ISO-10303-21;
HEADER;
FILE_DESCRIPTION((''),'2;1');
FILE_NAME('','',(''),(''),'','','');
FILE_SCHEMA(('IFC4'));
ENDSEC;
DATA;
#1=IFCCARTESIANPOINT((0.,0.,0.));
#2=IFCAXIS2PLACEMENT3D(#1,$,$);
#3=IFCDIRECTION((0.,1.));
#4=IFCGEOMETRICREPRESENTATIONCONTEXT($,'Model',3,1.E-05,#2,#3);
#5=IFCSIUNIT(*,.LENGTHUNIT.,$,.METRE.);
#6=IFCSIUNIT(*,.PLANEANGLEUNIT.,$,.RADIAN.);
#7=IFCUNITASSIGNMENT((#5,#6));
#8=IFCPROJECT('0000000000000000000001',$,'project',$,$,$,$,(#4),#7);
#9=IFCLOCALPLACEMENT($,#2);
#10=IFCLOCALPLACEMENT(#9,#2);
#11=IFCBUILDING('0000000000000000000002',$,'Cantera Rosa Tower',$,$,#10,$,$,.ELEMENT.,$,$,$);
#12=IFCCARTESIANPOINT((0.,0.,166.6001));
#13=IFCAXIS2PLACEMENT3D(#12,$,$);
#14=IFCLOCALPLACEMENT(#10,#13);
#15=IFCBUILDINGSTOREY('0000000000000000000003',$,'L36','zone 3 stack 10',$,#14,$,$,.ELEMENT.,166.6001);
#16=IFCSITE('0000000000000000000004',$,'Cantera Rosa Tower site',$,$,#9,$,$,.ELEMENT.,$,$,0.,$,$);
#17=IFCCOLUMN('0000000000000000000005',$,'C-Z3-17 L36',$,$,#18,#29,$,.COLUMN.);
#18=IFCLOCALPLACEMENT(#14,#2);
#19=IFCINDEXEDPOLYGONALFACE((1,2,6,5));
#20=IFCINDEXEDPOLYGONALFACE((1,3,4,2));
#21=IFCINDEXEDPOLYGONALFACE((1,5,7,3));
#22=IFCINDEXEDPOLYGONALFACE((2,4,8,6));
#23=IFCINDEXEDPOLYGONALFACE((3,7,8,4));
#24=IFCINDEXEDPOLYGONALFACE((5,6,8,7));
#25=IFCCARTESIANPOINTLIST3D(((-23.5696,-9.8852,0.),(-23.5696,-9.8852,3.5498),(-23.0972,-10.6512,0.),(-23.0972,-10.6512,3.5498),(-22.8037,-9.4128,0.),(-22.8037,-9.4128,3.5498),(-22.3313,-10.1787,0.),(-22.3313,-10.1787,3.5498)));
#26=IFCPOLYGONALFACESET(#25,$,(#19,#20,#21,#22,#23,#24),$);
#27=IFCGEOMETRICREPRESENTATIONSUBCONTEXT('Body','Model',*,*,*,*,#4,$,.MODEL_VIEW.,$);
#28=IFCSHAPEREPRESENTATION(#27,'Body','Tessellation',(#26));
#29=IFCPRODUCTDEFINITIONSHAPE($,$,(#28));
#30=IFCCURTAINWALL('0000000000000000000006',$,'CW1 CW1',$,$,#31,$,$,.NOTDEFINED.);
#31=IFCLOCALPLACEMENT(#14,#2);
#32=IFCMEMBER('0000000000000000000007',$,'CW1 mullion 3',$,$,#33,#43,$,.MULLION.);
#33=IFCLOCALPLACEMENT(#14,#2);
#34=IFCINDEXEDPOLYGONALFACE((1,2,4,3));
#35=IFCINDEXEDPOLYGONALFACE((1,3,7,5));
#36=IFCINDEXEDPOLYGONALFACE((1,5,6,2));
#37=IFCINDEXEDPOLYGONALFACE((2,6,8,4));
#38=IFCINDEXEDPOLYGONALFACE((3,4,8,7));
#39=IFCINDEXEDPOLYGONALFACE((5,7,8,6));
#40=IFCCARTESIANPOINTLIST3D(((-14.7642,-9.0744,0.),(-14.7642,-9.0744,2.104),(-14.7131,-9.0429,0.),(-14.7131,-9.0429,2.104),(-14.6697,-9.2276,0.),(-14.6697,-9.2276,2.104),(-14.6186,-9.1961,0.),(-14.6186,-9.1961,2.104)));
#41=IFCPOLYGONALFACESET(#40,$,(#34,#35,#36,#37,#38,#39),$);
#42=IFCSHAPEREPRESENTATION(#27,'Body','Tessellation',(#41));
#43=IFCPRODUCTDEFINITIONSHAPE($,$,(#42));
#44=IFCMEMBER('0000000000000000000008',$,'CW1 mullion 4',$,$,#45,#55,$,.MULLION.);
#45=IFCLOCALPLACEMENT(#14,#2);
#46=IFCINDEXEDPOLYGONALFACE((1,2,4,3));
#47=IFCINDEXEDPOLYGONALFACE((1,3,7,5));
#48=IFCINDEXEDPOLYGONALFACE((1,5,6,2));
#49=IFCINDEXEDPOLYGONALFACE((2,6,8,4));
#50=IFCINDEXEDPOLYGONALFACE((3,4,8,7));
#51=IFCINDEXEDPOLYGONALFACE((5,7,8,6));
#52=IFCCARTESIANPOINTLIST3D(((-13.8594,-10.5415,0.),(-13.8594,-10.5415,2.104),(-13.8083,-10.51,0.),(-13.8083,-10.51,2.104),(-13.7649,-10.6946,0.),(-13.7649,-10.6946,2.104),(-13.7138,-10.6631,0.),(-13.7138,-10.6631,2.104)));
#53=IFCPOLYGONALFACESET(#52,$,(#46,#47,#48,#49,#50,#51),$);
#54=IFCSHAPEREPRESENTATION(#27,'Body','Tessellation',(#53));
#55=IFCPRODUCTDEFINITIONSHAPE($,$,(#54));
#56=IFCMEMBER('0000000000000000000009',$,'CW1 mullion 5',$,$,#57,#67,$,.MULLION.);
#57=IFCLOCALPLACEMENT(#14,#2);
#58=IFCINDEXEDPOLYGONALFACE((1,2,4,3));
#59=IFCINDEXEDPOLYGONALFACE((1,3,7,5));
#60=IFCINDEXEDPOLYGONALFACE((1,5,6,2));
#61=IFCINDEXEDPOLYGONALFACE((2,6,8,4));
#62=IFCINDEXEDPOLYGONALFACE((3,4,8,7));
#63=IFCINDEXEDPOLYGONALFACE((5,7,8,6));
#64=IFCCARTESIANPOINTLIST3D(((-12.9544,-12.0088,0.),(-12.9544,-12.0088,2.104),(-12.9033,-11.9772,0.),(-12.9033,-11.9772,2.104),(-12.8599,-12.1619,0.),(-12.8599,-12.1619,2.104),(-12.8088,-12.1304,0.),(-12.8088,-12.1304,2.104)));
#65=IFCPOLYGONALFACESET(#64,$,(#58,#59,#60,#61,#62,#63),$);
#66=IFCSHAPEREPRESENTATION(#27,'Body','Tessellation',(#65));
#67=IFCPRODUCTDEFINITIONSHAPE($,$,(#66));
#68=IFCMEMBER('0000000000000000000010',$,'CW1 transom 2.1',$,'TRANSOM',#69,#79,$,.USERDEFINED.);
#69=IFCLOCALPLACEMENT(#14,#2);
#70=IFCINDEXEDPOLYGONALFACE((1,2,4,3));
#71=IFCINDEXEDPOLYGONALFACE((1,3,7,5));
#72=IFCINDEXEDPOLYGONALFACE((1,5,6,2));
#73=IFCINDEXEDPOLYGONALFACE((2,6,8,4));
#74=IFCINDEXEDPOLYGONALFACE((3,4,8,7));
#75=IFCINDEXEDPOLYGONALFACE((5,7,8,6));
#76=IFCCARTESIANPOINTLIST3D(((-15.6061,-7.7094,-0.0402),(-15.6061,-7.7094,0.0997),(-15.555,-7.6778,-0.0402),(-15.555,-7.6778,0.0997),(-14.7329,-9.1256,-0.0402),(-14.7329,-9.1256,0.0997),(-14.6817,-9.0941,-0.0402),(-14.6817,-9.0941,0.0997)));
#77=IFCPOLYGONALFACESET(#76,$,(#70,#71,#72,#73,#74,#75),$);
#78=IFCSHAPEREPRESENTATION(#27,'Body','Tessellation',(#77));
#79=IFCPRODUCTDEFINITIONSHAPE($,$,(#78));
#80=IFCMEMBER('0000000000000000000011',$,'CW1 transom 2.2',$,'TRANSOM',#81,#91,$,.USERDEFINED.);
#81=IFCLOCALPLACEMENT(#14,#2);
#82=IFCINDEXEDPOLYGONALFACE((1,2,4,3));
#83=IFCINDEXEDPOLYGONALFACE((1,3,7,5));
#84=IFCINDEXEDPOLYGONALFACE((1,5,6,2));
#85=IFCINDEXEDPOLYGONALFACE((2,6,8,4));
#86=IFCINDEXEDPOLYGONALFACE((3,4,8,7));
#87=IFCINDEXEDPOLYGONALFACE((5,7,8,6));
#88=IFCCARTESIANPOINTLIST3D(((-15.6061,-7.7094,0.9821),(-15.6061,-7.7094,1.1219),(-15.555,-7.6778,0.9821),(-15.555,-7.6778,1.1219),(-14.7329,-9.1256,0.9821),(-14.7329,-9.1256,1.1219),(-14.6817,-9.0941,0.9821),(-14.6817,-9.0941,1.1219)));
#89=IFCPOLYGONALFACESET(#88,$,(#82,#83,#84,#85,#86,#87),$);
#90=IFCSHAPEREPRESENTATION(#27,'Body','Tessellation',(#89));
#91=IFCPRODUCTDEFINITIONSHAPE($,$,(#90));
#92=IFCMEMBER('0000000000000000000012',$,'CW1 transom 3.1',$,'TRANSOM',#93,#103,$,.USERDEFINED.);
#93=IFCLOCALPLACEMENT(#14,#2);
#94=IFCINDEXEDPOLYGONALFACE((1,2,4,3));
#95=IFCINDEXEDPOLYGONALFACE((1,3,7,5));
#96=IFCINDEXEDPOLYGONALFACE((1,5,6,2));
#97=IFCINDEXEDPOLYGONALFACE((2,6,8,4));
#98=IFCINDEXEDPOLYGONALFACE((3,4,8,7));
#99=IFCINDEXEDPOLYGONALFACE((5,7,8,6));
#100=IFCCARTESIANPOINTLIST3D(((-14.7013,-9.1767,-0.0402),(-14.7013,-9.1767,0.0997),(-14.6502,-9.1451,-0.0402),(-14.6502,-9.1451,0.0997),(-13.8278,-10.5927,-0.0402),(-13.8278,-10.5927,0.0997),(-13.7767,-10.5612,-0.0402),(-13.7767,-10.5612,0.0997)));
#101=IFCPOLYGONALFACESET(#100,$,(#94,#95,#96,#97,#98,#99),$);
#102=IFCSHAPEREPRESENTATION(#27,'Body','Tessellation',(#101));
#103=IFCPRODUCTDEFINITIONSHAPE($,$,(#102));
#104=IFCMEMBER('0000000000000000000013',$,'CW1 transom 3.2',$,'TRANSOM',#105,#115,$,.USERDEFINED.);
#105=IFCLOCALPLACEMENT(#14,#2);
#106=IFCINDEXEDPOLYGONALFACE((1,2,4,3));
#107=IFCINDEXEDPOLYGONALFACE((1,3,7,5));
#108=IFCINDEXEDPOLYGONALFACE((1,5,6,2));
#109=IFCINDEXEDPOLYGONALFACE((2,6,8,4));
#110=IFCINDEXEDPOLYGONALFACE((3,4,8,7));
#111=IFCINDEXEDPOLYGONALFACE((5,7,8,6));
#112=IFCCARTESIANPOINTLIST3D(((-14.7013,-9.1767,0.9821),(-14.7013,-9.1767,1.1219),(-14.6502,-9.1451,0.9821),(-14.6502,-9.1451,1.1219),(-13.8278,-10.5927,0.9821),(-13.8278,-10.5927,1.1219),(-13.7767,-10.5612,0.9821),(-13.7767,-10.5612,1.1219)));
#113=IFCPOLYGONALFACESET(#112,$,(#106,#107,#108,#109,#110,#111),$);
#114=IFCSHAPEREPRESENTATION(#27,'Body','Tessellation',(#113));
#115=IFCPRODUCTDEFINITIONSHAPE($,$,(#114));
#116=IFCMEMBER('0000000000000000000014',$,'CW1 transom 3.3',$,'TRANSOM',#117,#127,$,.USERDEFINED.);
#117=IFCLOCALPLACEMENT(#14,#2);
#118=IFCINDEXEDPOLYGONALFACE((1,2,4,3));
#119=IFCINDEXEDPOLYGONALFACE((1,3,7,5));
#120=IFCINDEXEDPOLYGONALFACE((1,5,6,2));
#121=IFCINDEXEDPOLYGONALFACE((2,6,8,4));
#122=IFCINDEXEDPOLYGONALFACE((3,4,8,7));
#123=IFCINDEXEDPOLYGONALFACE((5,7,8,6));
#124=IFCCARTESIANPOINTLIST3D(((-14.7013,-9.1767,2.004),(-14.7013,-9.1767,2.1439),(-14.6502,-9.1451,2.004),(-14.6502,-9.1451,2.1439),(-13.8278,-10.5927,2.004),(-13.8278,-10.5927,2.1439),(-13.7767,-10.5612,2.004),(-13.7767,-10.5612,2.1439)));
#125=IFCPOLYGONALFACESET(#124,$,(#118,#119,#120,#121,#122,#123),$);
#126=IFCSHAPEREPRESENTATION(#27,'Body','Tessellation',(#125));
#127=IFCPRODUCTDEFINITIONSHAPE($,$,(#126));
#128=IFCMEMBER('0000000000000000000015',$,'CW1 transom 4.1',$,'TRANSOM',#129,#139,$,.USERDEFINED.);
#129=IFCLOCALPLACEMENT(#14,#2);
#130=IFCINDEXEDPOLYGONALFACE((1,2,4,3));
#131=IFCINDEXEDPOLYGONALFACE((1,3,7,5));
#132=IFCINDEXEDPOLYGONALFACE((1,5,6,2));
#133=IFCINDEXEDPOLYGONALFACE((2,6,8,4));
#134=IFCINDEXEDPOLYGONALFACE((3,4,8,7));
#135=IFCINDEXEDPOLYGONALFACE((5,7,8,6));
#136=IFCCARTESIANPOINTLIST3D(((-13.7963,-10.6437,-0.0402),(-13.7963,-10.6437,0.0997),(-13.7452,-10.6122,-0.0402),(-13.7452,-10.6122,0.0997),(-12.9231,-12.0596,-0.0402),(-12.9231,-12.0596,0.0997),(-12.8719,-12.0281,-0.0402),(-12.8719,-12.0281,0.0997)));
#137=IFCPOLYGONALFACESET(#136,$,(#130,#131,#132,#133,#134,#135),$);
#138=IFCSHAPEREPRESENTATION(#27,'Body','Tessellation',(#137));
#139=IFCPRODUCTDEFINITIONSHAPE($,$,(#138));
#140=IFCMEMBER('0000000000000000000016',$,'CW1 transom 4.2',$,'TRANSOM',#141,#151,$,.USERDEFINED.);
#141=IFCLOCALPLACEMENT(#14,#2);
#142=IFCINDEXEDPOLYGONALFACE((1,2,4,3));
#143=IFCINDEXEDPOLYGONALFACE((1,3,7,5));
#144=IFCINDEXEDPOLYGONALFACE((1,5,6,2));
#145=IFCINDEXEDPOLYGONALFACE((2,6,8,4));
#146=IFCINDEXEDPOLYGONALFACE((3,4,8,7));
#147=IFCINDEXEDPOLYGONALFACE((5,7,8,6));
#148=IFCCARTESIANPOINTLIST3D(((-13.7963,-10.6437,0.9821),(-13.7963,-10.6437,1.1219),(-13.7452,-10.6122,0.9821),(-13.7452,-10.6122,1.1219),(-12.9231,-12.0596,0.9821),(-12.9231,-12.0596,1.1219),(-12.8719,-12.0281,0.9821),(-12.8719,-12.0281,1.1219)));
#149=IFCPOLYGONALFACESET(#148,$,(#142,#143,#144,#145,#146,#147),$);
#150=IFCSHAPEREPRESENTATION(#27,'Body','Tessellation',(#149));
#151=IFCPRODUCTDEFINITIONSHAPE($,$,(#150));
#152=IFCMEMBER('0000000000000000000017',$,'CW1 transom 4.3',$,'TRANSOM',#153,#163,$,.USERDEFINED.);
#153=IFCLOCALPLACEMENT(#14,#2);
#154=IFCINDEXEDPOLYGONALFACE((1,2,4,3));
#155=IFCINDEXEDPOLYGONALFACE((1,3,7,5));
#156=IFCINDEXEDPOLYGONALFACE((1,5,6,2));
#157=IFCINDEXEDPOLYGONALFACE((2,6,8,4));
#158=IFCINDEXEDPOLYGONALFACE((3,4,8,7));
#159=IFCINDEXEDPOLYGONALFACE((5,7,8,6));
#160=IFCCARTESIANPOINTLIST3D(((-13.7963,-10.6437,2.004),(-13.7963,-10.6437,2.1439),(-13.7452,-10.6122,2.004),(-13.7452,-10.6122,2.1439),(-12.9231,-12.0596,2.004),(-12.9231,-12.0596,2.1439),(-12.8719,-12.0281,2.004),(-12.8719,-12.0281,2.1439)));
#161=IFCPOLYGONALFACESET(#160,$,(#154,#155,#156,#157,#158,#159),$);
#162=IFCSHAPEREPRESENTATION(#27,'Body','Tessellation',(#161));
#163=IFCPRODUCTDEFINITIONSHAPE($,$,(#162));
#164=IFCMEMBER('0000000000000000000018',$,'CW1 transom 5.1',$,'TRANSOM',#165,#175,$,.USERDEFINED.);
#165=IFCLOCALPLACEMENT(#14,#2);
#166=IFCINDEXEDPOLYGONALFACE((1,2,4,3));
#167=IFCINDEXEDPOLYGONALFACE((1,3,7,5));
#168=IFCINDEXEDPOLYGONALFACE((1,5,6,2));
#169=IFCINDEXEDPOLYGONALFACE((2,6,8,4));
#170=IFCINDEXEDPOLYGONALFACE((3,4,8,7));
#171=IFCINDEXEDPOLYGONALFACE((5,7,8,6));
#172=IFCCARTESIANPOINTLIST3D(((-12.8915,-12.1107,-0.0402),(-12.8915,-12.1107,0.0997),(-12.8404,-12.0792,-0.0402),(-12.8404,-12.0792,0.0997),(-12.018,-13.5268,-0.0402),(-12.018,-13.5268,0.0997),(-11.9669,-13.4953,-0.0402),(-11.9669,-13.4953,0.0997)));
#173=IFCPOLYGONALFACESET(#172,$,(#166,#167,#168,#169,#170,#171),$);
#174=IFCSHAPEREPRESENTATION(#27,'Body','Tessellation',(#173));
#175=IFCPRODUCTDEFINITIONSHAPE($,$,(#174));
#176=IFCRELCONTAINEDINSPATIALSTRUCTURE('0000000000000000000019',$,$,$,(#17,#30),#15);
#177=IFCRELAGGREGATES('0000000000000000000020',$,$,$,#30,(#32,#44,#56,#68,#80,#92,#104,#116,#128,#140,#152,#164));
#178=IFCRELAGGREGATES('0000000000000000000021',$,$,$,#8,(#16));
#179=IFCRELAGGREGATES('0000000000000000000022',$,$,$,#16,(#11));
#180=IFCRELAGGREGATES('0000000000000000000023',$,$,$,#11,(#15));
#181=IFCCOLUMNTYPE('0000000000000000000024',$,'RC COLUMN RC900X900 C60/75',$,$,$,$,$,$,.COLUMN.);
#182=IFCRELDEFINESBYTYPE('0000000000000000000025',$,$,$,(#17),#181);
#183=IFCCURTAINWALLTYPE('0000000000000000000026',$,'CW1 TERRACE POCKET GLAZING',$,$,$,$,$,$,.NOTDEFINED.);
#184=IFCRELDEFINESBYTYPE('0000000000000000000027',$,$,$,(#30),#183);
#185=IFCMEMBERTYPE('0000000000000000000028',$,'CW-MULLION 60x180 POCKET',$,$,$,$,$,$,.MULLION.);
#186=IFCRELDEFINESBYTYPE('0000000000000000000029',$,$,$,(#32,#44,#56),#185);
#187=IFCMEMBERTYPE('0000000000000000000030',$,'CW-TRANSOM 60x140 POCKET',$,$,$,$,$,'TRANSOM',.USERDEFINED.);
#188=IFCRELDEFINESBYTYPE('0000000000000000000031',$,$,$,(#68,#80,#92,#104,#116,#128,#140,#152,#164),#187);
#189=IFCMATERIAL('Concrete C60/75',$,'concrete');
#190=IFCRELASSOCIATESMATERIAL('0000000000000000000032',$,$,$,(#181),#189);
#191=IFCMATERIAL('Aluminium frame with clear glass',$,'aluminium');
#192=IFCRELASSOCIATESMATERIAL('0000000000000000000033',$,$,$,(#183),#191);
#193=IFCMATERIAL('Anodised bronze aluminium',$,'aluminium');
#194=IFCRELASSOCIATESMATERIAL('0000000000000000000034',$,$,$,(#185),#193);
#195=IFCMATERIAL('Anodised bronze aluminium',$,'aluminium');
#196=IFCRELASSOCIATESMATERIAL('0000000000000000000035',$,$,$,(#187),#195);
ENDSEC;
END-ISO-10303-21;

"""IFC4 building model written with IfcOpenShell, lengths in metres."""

from ifc_helpers import new_model, si_unit, direction, frame, origin, origin_2d, place, context, subcontext, project, spatial, rectangle, extrude, material, material_profile, profile_set, type_object, element, aggregate, save


model = new_model("IFC4")

# Units and contexts
model_context = context("Model", 3, precision=1e-05, world=origin(), true_north=direction((0.0, 1.0)))
body_context = subcontext(model_context, "Body", "Model", "MODEL_VIEW")
ifc_project = project(units=[si_unit("LENGTHUNIT", "METRE"), si_unit("PLANEANGLEUNIT", "RADIAN")], contexts=[model_context])

# Site, building, storey
site_placement = place(None, origin())
site = spatial("IfcSite", under=ifc_project, at=site_placement, Name="Cantera Rosa Tower site", CompositionType="ELEMENT", RefElevation=0.0)
building_placement = place(site_placement, origin())
building = spatial("IfcBuilding", under=site, at=building_placement, Name="Cantera Rosa Tower", CompositionType="ELEMENT")
storey_placement = place(building_placement, frame((0.0, 0.0, 166.6001)))
storey = spatial("IfcBuildingStorey", under=building, at=storey_placement, Name="L36", Description="zone 3 stack 10", CompositionType="ELEMENT", Elevation=166.6001)

# Column
ifc_material_1 = material(Name="Concrete C60/75", Category="concrete")
ifc_material_profile_1 = material_profile(ifc_material_1, rectangle(XDim=0.8999, YDim=0.8999, at=origin_2d()), Name="RC COLUMN RC900X900 C60/75")
ifc_profile_set_1 = profile_set([ifc_material_profile_1], Name="Concrete C60/75")
column_type = type_object("IfcColumnType", Name="RC COLUMN RC900X900 C60/75", PredefinedType="COLUMN", material=ifc_profile_set_1)
column_placement = place(storey_placement, frame((-22.9504, -10.032, 0.0), z_axis=(0.0, 0.0, 1.0), x_axis=(0.851117, 0.524977, 0.0)))
element("IfcColumn", 1, at=column_placement, inside=storey, type_object=column_type, Name="C-Z3-17 L36", PredefinedType="COLUMN", context=body_context, shape_type="SweptSolid", body=[
    extrude(rectangle(XDim=0.8999, YDim=0.8999, at=origin_2d()), origin(), (0.0, 0.0, 1.0), 3.5498),
])

# Curtain wall, members
ifc_material_2 = material(Name="Aluminium frame with clear glass", Category="aluminium")
curtain_wall_type = type_object("IfcCurtainWallType", Name="CW1 TERRACE POCKET GLAZING", PredefinedType="NOTDEFINED", material=ifc_material_2)
curtain_wall_placement = place(storey_placement, origin())
curtain_wall = element("IfcCurtainWall", 2, at=curtain_wall_placement, inside=storey, type_object=curtain_wall_type, Name="CW1 CW1", PredefinedType="NOTDEFINED")
ifc_material_3 = material(Name="Anodised bronze aluminium", Category="aluminium")
ifc_material_profile_2 = material_profile(ifc_material_3, rectangle(XDim=0.0601, YDim=0.1799, at=origin_2d()), Name="CW-MULLION 60x180 POCKET")
ifc_profile_set_2 = profile_set([ifc_material_profile_2], Name="Anodised bronze aluminium")
member_type_1 = type_object("IfcMemberType", Name="CW-MULLION 60x180 POCKET", PredefinedType="MULLION", material=ifc_profile_set_2)
member_1_placement = place(storey_placement, frame((-14.6914, -9.1353, 0.0), z_axis=(0.0, 0.0, 1.0), x_axis=(0.851117, 0.524977, 0.0)))
member_1 = element("IfcMember", 3, at=member_1_placement, type_object=member_type_1, Name="CW1 mullion 3", PredefinedType="MULLION", context=body_context, shape_type="SweptSolid", body=[
    extrude(rectangle(XDim=0.0601, YDim=0.1799, at=origin_2d()), origin(), (0.0, 0.0, 1.0), 2.104),
])
member_2_placement = place(storey_placement, frame((-13.7866, -10.6023, 0.0), z_axis=(0.0, 0.0, 1.0), x_axis=(0.851117, 0.524977, 0.0)))
member_2 = element("IfcMember", 4, at=member_2_placement, type_object=member_type_1, Name="CW1 mullion 4", PredefinedType="MULLION", context=body_context, shape_type="SweptSolid", body=[
    extrude(rectangle(XDim=0.0601, YDim=0.1799, at=origin_2d()), origin(), (0.0, 0.0, 1.0), 2.104),
])
member_3_placement = place(storey_placement, frame((-12.8816, -12.0696, 0.0), z_axis=(0.0, 0.0, 1.0), x_axis=(0.851117, 0.524977, 0.0)))
member_3 = element("IfcMember", 5, at=member_3_placement, type_object=member_type_1, Name="CW1 mullion 5", PredefinedType="MULLION", context=body_context, shape_type="SweptSolid", body=[
    extrude(rectangle(XDim=0.0601, YDim=0.1799, at=origin_2d()), origin(), (0.0, 0.0, 1.0), 2.104),
])
ifc_material_4 = material(Name="Anodised bronze aluminium", Category="aluminium")
ifc_material_profile_3 = material_profile(ifc_material_4, rectangle(XDim=0.0601, YDim=0.1399, at=origin_2d()), Name="CW-TRANSOM 60x140 POCKET")
ifc_profile_set_3 = profile_set([ifc_material_profile_3], Name="Anodised bronze aluminium")
member_type_2 = type_object("IfcMemberType", Name="CW-TRANSOM 60x140 POCKET", ElementType="TRANSOM", PredefinedType="USERDEFINED", material=ifc_profile_set_3)
member_4_placement = place(storey_placement, frame((-15.5806, -7.6936, 0.0298), z_axis=(0.524859, -0.851189, 0.0), x_axis=(0.851189, 0.524859, 0.0)))
member_4 = element("IfcMember", 6, at=member_4_placement, type_object=member_type_2, Name="CW1 transom 2.1", ObjectType="TRANSOM", PredefinedType="USERDEFINED", context=body_context, shape_type="SweptSolid", body=[
    extrude(rectangle(XDim=0.0601, YDim=0.1399, at=origin_2d()), origin(), (0.0, 0.0, 1.0), 1.6638),
])
member_5_placement = place(storey_placement, frame((-15.5806, -7.6936, 1.052), z_axis=(0.524859, -0.851189, 0.0), x_axis=(0.851189, 0.524859, 0.0)))
member_5 = element("IfcMember", 7, at=member_5_placement, type_object=member_type_2, Name="CW1 transom 2.2", ObjectType="TRANSOM", PredefinedType="USERDEFINED", context=body_context, shape_type="SweptSolid", body=[
    extrude(rectangle(XDim=0.0601, YDim=0.1399, at=origin_2d()), origin(), (0.0, 0.0, 1.0), 1.6638),
])
member_6_placement = place(storey_placement, frame((-14.6758, -9.1609, 0.0298), z_axis=(0.52503, -0.851083, 0.0), x_axis=(0.851083, 0.52503, 0.0)))
member_6 = element("IfcMember", 8, at=member_6_placement, type_object=member_type_2, Name="CW1 transom 3.1", ObjectType="TRANSOM", PredefinedType="USERDEFINED", context=body_context, shape_type="SweptSolid", body=[
    extrude(rectangle(XDim=0.0601, YDim=0.1399, at=origin_2d()), origin(), (0.0, 0.0, 1.0), 1.6638),
])
member_7_placement = place(storey_placement, frame((-14.6758, -9.1609, 1.052), z_axis=(0.52503, -0.851083, 0.0), x_axis=(0.851083, 0.52503, 0.0)))
member_7 = element("IfcMember", 9, at=member_7_placement, type_object=member_type_2, Name="CW1 transom 3.2", ObjectType="TRANSOM", PredefinedType="USERDEFINED", context=body_context, shape_type="SweptSolid", body=[
    extrude(rectangle(XDim=0.0601, YDim=0.1399, at=origin_2d()), origin(), (0.0, 0.0, 1.0), 1.6638),
])
member_8_placement = place(storey_placement, frame((-14.6758, -9.1609, 2.074), z_axis=(0.52503, -0.851083, 0.0), x_axis=(0.851083, 0.52503, 0.0)))
member_8 = element("IfcMember", 10, at=member_8_placement, type_object=member_type_2, Name="CW1 transom 3.3", ObjectType="TRANSOM", PredefinedType="USERDEFINED", context=body_context, shape_type="SweptSolid", body=[
    extrude(rectangle(XDim=0.0601, YDim=0.1399, at=origin_2d()), origin(), (0.0, 0.0, 1.0), 1.6638),
])
member_9_placement = place(storey_placement, frame((-13.7708, -10.6279, 0.0298), z_axis=(0.524924, -0.851149, 0.0), x_axis=(0.851149, 0.524924, 0.0)))
member_9 = element("IfcMember", 11, at=member_9_placement, type_object=member_type_2, Name="CW1 transom 4.1", ObjectType="TRANSOM", PredefinedType="USERDEFINED", context=body_context, shape_type="SweptSolid", body=[
    extrude(rectangle(XDim=0.0601, YDim=0.1399, at=origin_2d()), origin(), (0.0, 0.0, 1.0), 1.6636),
])
member_10_placement = place(storey_placement, frame((-13.7708, -10.6279, 1.052), z_axis=(0.524924, -0.851149, 0.0), x_axis=(0.851149, 0.524924, 0.0)))
member_10 = element("IfcMember", 12, at=member_10_placement, type_object=member_type_2, Name="CW1 transom 4.2", ObjectType="TRANSOM", PredefinedType="USERDEFINED", context=body_context, shape_type="SweptSolid", body=[
    extrude(rectangle(XDim=0.0601, YDim=0.1399, at=origin_2d()), origin(), (0.0, 0.0, 1.0), 1.6636),
])
member_11_placement = place(storey_placement, frame((-13.7708, -10.6279, 2.074), z_axis=(0.524924, -0.851149, 0.0), x_axis=(0.851149, 0.524924, 0.0)))
member_11 = element("IfcMember", 13, at=member_11_placement, type_object=member_type_2, Name="CW1 transom 4.3", ObjectType="TRANSOM", PredefinedType="USERDEFINED", context=body_context, shape_type="SweptSolid", body=[
    extrude(rectangle(XDim=0.0601, YDim=0.1399, at=origin_2d()), origin(), (0.0, 0.0, 1.0), 1.6636),
])
member_12_placement = place(storey_placement, frame((-12.866, -12.095, 0.0298), z_axis=(0.52503, -0.851083, 0.0), x_axis=(0.851083, 0.52503, 0.0)))
member_12 = element("IfcMember", 14, at=member_12_placement, type_object=member_type_2, Name="CW1 transom 5.1", ObjectType="TRANSOM", PredefinedType="USERDEFINED", context=body_context, shape_type="SweptSolid", body=[
    extrude(rectangle(XDim=0.0601, YDim=0.1399, at=origin_2d()), origin(), (0.0, 0.0, 1.0), 1.6638),
])

aggregate(curtain_wall, [member_1, member_2, member_3, member_4, member_5, member_6, member_7, member_8, member_9, member_10, member_11, member_12])

save(model, "model.ifc")
